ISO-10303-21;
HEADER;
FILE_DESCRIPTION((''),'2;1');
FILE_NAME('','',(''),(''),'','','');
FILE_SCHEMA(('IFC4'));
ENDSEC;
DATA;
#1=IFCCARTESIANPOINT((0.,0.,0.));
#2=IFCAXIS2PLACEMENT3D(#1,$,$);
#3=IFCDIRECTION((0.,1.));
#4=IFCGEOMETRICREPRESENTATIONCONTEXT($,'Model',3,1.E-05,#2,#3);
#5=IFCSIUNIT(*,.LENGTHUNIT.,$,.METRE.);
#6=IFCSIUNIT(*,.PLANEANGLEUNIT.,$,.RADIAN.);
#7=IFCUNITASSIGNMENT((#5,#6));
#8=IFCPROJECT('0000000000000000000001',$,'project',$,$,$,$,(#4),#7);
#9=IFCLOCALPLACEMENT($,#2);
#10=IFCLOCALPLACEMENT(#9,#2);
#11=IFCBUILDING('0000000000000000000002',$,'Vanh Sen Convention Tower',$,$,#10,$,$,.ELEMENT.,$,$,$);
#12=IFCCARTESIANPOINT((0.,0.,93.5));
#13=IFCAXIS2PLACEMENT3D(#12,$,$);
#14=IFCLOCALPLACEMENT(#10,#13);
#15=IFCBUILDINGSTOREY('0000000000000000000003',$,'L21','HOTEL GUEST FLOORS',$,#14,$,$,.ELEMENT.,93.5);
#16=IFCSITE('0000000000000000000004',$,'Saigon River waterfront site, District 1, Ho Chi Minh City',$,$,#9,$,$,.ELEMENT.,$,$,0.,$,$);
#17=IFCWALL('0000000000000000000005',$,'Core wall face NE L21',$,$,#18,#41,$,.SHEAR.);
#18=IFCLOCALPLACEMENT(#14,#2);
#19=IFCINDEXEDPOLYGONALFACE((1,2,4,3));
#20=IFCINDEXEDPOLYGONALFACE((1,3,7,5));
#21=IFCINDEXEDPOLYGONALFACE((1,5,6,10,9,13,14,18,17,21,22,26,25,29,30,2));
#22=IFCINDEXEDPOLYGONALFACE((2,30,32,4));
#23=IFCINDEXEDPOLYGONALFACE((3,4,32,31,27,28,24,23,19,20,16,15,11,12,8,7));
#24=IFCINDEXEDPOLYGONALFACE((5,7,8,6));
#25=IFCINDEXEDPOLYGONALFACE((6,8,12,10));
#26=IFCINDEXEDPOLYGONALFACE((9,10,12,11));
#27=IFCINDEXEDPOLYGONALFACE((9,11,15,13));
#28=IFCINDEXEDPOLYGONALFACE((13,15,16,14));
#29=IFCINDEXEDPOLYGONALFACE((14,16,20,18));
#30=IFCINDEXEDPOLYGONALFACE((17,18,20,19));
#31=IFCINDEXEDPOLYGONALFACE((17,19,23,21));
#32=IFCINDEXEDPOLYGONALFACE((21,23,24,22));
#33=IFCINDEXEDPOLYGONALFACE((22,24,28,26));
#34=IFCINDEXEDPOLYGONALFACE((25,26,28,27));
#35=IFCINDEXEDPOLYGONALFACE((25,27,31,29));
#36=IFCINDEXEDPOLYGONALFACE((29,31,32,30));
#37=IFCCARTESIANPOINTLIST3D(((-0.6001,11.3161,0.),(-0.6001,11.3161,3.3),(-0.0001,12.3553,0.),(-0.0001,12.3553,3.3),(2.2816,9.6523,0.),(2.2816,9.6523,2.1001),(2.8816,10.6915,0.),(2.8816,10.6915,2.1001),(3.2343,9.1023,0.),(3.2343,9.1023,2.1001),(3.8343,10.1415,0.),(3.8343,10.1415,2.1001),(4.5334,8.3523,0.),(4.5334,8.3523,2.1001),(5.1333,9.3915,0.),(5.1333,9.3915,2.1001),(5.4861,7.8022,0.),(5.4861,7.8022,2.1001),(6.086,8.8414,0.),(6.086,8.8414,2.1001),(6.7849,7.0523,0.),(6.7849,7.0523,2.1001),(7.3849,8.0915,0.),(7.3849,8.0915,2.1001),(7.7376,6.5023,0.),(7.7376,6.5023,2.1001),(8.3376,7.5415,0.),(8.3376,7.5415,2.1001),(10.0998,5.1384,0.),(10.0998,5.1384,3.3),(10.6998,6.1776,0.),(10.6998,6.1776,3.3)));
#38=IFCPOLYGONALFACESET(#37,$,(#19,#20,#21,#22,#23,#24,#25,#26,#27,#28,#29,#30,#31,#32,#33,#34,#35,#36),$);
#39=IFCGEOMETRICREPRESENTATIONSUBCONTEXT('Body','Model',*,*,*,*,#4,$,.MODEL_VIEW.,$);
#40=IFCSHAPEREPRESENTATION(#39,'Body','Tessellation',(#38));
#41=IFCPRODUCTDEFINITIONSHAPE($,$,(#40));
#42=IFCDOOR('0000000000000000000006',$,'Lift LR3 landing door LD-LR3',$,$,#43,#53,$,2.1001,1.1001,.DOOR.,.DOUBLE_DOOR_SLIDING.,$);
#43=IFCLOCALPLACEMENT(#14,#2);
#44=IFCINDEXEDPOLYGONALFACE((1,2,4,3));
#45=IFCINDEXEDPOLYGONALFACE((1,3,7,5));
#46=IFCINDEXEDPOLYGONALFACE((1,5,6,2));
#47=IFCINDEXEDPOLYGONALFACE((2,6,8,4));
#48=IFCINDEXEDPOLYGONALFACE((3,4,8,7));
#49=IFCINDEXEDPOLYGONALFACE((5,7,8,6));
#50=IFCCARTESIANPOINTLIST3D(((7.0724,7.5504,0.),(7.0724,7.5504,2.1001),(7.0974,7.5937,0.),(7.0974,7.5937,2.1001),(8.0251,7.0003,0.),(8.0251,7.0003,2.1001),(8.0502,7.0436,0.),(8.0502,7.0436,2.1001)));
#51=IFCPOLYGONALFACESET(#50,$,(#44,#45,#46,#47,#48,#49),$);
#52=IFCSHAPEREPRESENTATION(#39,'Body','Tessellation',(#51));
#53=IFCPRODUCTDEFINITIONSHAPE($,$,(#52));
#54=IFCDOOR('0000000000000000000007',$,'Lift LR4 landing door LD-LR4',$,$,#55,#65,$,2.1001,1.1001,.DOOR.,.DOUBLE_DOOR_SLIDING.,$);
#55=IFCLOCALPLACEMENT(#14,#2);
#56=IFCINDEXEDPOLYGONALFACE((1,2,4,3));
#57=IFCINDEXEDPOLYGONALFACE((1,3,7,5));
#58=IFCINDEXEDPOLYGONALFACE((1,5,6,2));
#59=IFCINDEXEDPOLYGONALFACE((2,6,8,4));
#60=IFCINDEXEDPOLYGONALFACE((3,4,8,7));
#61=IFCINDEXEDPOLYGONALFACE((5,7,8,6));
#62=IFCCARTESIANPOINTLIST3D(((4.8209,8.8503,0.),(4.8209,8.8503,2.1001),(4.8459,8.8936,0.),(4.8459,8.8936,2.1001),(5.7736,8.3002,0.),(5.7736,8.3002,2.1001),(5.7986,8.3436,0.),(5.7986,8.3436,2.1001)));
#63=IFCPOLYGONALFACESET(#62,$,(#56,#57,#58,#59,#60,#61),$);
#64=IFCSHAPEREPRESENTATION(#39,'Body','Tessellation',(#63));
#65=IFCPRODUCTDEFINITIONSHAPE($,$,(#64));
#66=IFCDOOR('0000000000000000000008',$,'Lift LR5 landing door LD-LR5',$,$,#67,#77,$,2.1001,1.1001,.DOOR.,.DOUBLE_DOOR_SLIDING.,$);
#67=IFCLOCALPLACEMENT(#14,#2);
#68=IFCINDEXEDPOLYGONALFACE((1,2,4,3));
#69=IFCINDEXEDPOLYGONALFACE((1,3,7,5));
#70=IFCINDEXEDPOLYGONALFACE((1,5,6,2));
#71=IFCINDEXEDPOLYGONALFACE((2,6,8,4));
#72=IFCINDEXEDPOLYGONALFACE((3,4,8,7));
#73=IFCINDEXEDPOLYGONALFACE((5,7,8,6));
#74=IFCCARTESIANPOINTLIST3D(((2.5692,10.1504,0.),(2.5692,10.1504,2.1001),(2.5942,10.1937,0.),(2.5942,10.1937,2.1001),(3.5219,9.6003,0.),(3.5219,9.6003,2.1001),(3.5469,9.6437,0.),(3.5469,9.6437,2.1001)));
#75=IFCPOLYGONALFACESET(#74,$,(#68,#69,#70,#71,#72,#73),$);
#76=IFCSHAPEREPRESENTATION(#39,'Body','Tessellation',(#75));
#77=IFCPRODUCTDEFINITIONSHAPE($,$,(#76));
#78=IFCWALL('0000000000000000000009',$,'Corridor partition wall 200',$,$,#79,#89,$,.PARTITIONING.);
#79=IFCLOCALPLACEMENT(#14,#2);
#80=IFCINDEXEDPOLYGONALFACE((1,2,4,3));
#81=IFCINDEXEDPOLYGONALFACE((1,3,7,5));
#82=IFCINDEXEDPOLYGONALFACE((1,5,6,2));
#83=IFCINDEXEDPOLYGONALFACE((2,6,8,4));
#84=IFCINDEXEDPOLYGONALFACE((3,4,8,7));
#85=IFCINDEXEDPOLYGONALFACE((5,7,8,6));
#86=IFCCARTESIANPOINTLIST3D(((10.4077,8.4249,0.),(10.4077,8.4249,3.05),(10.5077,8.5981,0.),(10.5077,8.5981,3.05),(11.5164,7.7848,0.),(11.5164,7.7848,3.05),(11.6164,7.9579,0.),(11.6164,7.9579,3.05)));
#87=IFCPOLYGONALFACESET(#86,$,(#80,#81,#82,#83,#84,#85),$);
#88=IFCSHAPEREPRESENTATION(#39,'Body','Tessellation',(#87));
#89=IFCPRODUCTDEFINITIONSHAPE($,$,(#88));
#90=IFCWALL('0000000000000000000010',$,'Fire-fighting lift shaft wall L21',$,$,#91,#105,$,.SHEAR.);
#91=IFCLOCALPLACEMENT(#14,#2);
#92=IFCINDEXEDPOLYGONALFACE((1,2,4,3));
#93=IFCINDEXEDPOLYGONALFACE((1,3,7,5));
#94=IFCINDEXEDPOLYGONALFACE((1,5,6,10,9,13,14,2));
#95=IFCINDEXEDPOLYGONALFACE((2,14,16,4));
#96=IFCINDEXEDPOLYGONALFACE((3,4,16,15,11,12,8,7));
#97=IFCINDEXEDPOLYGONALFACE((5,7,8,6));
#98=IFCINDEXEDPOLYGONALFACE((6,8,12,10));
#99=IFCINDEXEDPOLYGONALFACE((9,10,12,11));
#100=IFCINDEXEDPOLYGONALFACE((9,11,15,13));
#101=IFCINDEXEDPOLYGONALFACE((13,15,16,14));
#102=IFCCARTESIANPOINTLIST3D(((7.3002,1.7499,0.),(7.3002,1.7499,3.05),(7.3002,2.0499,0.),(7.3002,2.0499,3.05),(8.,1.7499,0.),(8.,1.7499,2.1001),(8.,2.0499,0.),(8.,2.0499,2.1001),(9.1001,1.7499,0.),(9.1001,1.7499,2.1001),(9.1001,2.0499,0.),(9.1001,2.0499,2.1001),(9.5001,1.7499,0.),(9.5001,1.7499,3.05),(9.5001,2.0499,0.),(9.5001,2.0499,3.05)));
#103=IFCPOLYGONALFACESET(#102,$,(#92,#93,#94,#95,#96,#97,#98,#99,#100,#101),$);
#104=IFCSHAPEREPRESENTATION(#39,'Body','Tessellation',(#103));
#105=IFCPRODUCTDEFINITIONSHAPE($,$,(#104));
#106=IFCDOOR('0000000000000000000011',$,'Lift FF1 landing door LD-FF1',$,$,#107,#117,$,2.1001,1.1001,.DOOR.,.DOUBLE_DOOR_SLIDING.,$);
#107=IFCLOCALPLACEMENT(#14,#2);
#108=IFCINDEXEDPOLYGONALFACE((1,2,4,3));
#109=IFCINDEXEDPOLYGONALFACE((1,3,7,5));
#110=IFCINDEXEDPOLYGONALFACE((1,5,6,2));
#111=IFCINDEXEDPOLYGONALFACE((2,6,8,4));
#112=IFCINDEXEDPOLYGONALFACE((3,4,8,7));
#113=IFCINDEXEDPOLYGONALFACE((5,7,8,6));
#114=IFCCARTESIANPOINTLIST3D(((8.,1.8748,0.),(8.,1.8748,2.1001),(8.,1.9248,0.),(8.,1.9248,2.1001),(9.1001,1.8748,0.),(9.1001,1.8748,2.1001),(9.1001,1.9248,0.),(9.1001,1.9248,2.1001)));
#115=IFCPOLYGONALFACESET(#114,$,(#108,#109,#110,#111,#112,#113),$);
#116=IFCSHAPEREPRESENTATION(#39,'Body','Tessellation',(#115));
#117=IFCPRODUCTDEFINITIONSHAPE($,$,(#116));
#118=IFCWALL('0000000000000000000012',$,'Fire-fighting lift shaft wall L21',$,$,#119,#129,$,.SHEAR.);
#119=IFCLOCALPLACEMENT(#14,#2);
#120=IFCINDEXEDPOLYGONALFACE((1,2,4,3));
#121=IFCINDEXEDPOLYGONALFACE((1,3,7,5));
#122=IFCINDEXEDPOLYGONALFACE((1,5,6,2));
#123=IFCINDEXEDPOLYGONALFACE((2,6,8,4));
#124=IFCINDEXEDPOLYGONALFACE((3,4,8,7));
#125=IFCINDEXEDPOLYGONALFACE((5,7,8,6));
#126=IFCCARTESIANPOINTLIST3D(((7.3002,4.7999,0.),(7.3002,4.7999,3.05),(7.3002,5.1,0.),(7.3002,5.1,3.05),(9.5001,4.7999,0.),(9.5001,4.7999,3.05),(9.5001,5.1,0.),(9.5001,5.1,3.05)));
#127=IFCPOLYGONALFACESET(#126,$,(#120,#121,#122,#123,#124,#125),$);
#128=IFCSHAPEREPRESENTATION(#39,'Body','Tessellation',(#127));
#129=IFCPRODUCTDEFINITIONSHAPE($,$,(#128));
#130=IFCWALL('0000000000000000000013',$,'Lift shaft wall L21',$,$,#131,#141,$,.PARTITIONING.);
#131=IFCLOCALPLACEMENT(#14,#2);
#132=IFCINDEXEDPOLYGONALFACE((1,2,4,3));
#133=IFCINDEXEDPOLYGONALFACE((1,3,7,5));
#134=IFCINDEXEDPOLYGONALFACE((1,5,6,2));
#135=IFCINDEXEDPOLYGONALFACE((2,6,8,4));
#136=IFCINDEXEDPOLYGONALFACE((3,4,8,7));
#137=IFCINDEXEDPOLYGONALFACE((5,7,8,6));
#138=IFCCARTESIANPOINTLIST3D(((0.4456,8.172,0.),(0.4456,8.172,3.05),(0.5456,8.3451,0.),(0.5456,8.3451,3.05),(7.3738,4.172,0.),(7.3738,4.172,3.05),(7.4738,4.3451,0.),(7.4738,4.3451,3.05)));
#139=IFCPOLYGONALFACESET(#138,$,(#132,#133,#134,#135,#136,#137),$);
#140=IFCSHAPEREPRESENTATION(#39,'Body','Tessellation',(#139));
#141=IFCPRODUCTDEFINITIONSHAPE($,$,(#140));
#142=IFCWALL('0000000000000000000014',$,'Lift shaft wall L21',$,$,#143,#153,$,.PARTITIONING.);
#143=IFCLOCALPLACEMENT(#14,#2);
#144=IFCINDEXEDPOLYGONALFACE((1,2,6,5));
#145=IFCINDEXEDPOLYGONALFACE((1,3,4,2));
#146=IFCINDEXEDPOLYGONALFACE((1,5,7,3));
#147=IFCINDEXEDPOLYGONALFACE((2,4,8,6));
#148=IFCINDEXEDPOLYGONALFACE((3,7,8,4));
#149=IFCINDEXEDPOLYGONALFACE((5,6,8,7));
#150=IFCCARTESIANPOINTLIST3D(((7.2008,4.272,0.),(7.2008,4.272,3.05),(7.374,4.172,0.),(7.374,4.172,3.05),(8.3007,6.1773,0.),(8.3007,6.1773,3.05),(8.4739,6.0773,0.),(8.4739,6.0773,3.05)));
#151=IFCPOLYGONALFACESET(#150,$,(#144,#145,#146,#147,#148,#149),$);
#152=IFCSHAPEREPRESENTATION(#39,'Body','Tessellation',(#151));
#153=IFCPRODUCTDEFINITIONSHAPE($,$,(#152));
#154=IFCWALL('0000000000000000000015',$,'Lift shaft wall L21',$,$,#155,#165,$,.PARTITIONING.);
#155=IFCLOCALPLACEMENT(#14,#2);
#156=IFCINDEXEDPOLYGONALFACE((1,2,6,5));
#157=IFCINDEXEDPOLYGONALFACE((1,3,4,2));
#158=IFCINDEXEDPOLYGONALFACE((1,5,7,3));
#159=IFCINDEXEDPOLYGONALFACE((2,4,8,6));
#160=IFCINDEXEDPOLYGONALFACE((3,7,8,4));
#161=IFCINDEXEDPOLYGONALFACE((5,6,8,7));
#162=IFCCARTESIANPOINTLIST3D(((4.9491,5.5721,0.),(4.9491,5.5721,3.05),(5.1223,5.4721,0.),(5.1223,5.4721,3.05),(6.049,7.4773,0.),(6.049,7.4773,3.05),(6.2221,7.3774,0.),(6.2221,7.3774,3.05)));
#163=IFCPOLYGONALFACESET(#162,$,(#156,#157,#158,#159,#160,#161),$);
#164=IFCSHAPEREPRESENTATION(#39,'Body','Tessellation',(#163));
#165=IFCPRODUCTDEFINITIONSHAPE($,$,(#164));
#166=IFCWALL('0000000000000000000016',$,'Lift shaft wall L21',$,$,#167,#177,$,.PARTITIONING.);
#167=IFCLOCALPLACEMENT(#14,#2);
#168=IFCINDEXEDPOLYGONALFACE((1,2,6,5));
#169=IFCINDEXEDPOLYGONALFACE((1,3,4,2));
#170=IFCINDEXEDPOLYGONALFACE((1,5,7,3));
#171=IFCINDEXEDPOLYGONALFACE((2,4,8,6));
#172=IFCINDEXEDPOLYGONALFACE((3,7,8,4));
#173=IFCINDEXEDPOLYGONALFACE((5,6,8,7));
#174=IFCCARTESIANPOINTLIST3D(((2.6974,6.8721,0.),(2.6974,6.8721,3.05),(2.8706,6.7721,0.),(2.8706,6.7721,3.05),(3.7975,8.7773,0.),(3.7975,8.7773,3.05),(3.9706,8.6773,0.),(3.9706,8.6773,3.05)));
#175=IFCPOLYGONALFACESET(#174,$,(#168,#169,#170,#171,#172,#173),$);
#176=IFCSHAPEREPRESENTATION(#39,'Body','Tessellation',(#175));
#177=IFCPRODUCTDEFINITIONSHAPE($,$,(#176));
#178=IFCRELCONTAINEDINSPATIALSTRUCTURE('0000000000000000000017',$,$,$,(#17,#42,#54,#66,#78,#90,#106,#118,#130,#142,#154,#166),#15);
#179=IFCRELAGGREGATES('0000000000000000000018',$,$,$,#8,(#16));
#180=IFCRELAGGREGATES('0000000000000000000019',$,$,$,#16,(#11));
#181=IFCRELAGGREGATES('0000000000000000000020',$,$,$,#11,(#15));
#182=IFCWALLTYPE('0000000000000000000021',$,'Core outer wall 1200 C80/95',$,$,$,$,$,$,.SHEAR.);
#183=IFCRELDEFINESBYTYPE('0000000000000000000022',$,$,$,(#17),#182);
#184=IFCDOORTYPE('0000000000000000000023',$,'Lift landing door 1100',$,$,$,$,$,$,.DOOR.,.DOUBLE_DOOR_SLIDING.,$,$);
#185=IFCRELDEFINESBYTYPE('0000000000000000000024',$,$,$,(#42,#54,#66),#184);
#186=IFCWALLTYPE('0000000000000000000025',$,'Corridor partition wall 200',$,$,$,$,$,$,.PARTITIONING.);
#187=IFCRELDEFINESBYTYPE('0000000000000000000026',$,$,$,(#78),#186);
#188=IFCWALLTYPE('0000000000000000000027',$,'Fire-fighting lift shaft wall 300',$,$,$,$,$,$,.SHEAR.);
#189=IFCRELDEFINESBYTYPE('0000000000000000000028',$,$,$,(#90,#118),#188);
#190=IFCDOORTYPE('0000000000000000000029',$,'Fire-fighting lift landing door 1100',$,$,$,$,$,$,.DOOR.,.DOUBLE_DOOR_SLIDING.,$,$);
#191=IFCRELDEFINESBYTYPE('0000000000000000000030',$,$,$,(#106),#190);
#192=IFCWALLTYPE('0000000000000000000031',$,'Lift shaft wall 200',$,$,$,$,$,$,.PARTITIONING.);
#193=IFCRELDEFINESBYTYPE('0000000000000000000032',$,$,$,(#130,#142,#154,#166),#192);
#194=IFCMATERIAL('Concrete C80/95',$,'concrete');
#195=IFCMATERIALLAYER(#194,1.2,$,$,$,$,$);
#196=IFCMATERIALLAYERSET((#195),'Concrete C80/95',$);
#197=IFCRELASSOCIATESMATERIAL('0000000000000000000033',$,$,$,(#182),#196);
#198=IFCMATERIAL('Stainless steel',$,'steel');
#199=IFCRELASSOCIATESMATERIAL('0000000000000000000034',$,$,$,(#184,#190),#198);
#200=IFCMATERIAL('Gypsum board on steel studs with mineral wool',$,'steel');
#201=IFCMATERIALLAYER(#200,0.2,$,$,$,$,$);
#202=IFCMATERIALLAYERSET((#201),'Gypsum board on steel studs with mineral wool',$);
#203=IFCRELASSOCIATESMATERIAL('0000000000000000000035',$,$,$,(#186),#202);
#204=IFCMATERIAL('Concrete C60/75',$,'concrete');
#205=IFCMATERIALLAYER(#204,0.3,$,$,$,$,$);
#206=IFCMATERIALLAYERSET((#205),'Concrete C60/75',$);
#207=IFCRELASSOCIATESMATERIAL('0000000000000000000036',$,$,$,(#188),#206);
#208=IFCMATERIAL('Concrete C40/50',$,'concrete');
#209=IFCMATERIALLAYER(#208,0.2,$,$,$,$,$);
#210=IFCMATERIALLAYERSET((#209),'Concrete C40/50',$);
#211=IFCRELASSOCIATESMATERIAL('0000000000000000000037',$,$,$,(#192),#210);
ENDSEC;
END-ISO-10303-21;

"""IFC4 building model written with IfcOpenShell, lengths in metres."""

from ifc_helpers import new_model, si_unit, direction, frame, frame_2d, origin, place, context, subcontext, project, spatial, rectangle, extrude, material, layer, layer_set, type_object, element, fill, save


model = new_model("IFC4")

# Units and contexts
model_context = context("Model", 3, precision=1e-05, world=origin(), true_north=direction((0.0, 1.0)))
body_context = subcontext(model_context, "Body", "Model", "MODEL_VIEW")
ifc_project = project(units=[si_unit("LENGTHUNIT", "METRE"), si_unit("PLANEANGLEUNIT", "RADIAN")], contexts=[model_context])

# Site, building, storey
site_placement = place(None, origin())
site = spatial("IfcSite", under=ifc_project, at=site_placement, Name="Saigon River waterfront site, District 1, Ho Chi Minh City", CompositionType="ELEMENT", RefElevation=0.0)
building_placement = place(site_placement, origin())
building = spatial("IfcBuilding", under=site, at=building_placement, Name="Vanh Sen Convention Tower", CompositionType="ELEMENT")
storey_placement = place(building_placement, frame((0.0, 0.0, 93.5)))
storey = spatial("IfcBuildingStorey", under=building, at=storey_placement, Name="L21", Description="HOTEL GUEST FLOORS", CompositionType="ELEMENT", Elevation=93.5)

# Wall, openings, doors
ifc_material_1 = material(Name="Concrete C80/95", Category="concrete")
ifc_layer_1 = layer(ifc_material_1, 1.2)
ifc_layer_set_1 = layer_set([ifc_layer_1], Name="Concrete C80/95")
wall_type_1 = type_object("IfcWallType", Name="Core outer wall 1200 C80/95", PredefinedType="SHEAR", material=ifc_layer_set_1)
wall_1_placement = place(storey_placement, frame((10.3999, 5.658, 0.0), z_axis=(0.0, 0.0, 1.0), x_axis=(-0.866021, 0.500007, 0.0)))
wall_1 = element("IfcWall", 1, at=wall_1_placement, inside=storey, type_object=wall_type_1, Name="Core wall face NE L21", PredefinedType="SHEAR", context=body_context, shape_type="SweptSolid", body=[
    extrude(rectangle(XDim=12.3552, YDim=1.2, at=frame_2d((6.1777, 0.0))), origin(), (0.0, 0.0, 1.0), 3.3),
])
opening_1_placement = place(wall_1_placement, frame((2.7278, 0.0, 0.0)))
opening_1 = element("IfcOpeningElement", 2, at=opening_1_placement, cuts=wall_1, PredefinedType="OPENING", context=body_context, shape_type="SweptSolid", body=[
    extrude(rectangle(XDim=1.1001, YDim=2.1001, at=frame_2d((0.55, 1.05))), frame((0.0, 0.6099, 0.0), z_axis=(0.0, -1.0, 0.0), x_axis=(1.0, 0.0, 0.0)), (0.0, 0.0, 1.0), 1.22),
])
opening_2_placement = place(wall_1_placement, frame((5.3276, 0.0, 0.0)))
opening_2 = element("IfcOpeningElement", 3, at=opening_2_placement, cuts=wall_1, PredefinedType="OPENING", context=body_context, shape_type="SweptSolid", body=[
    extrude(rectangle(XDim=1.1001, YDim=2.1001, at=frame_2d((0.55, 1.05))), frame((0.0, 0.6099, 0.0), z_axis=(0.0, -1.0, 0.0), x_axis=(1.0, 0.0, 0.0)), (0.0, 0.0, 1.0), 1.22),
])
opening_3_placement = place(wall_1_placement, frame((7.9277, 0.0, 0.0)))
opening_3 = element("IfcOpeningElement", 4, at=opening_3_placement, cuts=wall_1, PredefinedType="OPENING", context=body_context, shape_type="SweptSolid", body=[
    extrude(rectangle(XDim=1.1001, YDim=2.1001, at=frame_2d((0.55, 1.05))), frame((0.0, 0.6099, 0.0), z_axis=(0.0, -1.0, 0.0), x_axis=(1.0, 0.0, 0.0)), (0.0, 0.0, 1.0), 1.22),
])
ifc_material_2 = material(Name="Stainless steel", Category="steel")
door_type_1 = type_object("IfcDoorType", Name="Lift landing door 1100", OperationType="DOUBLE_DOOR_SLIDING", PredefinedType="DOOR", material=ifc_material_2)
door_1_placement = place(opening_1_placement, origin())
door_1 = element("IfcDoor", 5, at=door_1_placement, inside=storey, type_object=door_type_1, Name="Lift LR3 landing door LD-LR3", OperationType="DOUBLE_DOOR_SLIDING", OverallHeight=2.1001, OverallWidth=1.1001, PredefinedType="DOOR", context=body_context, shape_type="SweptSolid", body=[
    extrude(rectangle(XDim=1.1001, YDim=2.1001, at=frame_2d((0.55, 1.05))), frame((0.0, 0.0249, 0.0), z_axis=(0.0, -1.0, 0.0), x_axis=(1.0, 0.0, 0.0)), (0.0, 0.0, 1.0), 0.05),
])
fill(opening_1, door_1)
door_2_placement = place(opening_2_placement, origin())
door_2 = element("IfcDoor", 6, at=door_2_placement, inside=storey, type_object=door_type_1, Name="Lift LR4 landing door LD-LR4", OperationType="DOUBLE_DOOR_SLIDING", OverallHeight=2.1001, OverallWidth=1.1001, PredefinedType="DOOR", context=body_context, shape_type="SweptSolid", body=[
    extrude(rectangle(XDim=1.1001, YDim=2.1001, at=frame_2d((0.55, 1.05))), frame((0.0, 0.0249, 0.0), z_axis=(0.0, -1.0, 0.0), x_axis=(1.0, 0.0, 0.0)), (0.0, 0.0, 1.0), 0.05),
])
fill(opening_2, door_2)
door_3_placement = place(opening_3_placement, origin())
door_3 = element("IfcDoor", 7, at=door_3_placement, inside=storey, type_object=door_type_1, Name="Lift LR5 landing door LD-LR5", OperationType="DOUBLE_DOOR_SLIDING", OverallHeight=2.1001, OverallWidth=1.1001, PredefinedType="DOOR", context=body_context, shape_type="SweptSolid", body=[
    extrude(rectangle(XDim=1.1001, YDim=2.1001, at=frame_2d((0.55, 1.05))), frame((0.0, 0.0249, 0.0), z_axis=(0.0, -1.0, 0.0), x_axis=(1.0, 0.0, 0.0)), (0.0, 0.0, 1.0), 0.05),
])
fill(opening_3, door_3)

# Wall
ifc_material_3 = material(Name="Gypsum board on steel studs with mineral wool", Category="steel")
ifc_layer_2 = layer(ifc_material_3, 0.2)
ifc_layer_set_2 = layer_set([ifc_layer_2], Name="Gypsum board on steel studs with mineral wool")
wall_type_2 = type_object("IfcWallType", Name="Corridor partition wall 200", PredefinedType="PARTITIONING", material=ifc_layer_set_2)
wall_2_placement = place(storey_placement, frame((11.5664, 7.8713, 0.0), z_axis=(0.0, 0.0, 1.0), x_axis=(-0.866005, 0.500036, 0.0)))
element("IfcWall", 8, at=wall_2_placement, inside=storey, type_object=wall_type_2, Name="Corridor partition wall 200", PredefinedType="PARTITIONING", context=body_context, shape_type="SweptSolid", body=[
    extrude(rectangle(XDim=1.2803, YDim=0.2, at=frame_2d((0.6401, 0.0))), origin(), (0.0, 0.0, 1.0), 3.05),
])

# Wall, opening, door
ifc_material_4 = material(Name="Concrete C60/75", Category="concrete")
ifc_layer_3 = layer(ifc_material_4, 0.3)
ifc_layer_set_3 = layer_set([ifc_layer_3], Name="Concrete C60/75")
wall_type_3 = type_object("IfcWallType", Name="Fire-fighting lift shaft wall 300", PredefinedType="SHEAR", material=ifc_layer_set_3)
wall_3_placement = place(storey_placement, frame((7.3, 1.8999, 0.0), z_axis=(0.0, 0.0, 1.0), x_axis=(1.0, 0.0, 0.0)))
wall_3 = element("IfcWall", 9, at=wall_3_placement, inside=storey, type_object=wall_type_3, Name="Fire-fighting lift shaft wall L21", PredefinedType="SHEAR", context=body_context, shape_type="SweptSolid", body=[
    extrude(rectangle(XDim=2.2, YDim=0.3, at=frame_2d((1.1001, 0.0))), origin(), (0.0, 0.0, 1.0), 3.05),
])
opening_4_placement = place(wall_3_placement, frame((0.7, 0.0, 0.0)))
opening_4 = element("IfcOpeningElement", 10, at=opening_4_placement, cuts=wall_3, PredefinedType="OPENING", context=body_context, shape_type="SweptSolid", body=[
    extrude(rectangle(XDim=1.1001, YDim=2.1001, at=frame_2d((0.55, 1.05))), frame((0.0, 0.1599, 0.0), z_axis=(0.0, -1.0, 0.0), x_axis=(1.0, 0.0, 0.0)), (0.0, 0.0, 1.0), 0.3201),
])
door_type_2 = type_object("IfcDoorType", Name="Fire-fighting lift landing door 1100", OperationType="DOUBLE_DOOR_SLIDING", PredefinedType="DOOR", material=ifc_material_2)
door_4_placement = place(opening_4_placement, origin())
door_4 = element("IfcDoor", 11, at=door_4_placement, inside=storey, type_object=door_type_2, Name="Lift FF1 landing door LD-FF1", OperationType="DOUBLE_DOOR_SLIDING", OverallHeight=2.1001, OverallWidth=1.1001, PredefinedType="DOOR", context=body_context, shape_type="SweptSolid", body=[
    extrude(rectangle(XDim=1.1001, YDim=2.1001, at=frame_2d((0.55, 1.05))), frame((0.0, 0.0249, 0.0), z_axis=(0.0, -1.0, 0.0), x_axis=(1.0, 0.0, 0.0)), (0.0, 0.0, 1.0), 0.05),
])
fill(opening_4, door_4)

# Walls
wall_4_placement = place(storey_placement, frame((7.3, 4.95, 0.0), z_axis=(0.0, 0.0, 1.0), x_axis=(1.0, 0.0, 0.0)))
element("IfcWall", 12, at=wall_4_placement, inside=storey, type_object=wall_type_3, Name="Fire-fighting lift shaft wall L21", PredefinedType="SHEAR", context=body_context, shape_type="SweptSolid", body=[
    extrude(rectangle(XDim=2.2, YDim=0.3, at=frame_2d((1.1001, 0.0))), origin(), (0.0, 0.0, 1.0), 3.05),
])
ifc_material_5 = material(Name="Concrete C40/50", Category="concrete")
ifc_layer_4 = layer(ifc_material_5, 0.2)
ifc_layer_set_4 = layer_set([ifc_layer_4], Name="Concrete C40/50")
wall_type_4 = type_object("IfcWallType", Name="Lift shaft wall 200", PredefinedType="PARTITIONING", material=ifc_layer_set_4)
wall_5_placement = place(storey_placement, frame((7.4238, 4.2585, 0.0), z_axis=(0.0, 0.0, 1.0), x_axis=(-0.866026, 0.499999, 0.0)))
element("IfcWall", 13, at=wall_5_placement, inside=storey, type_object=wall_type_4, Name="Lift shaft wall L21", PredefinedType="PARTITIONING", context=body_context, shape_type="SweptSolid", body=[
    extrude(rectangle(XDim=8.0, YDim=0.2, at=frame_2d((4.0, 0.0))), origin(), (0.0, 0.0, 1.0), 3.05),
])
for number, where, z_axis, x_axis, name in (
    (14, (7.2874, 4.2219, 0.0), (0.0, 0.0, 1.0), (0.499947, 0.866056, 0.0), "Lift shaft wall L21"),
    (15, (5.0356, 5.522, 0.0), (0.0, 0.0, 1.0), (0.499947, 0.866056, 0.0), "Lift shaft wall L21"),
    (16, (2.7839, 6.822, 0.0), (0.0, 0.0, 1.0), (0.50003, 0.866008, 0.0), "Lift shaft wall L21"),
):
    element("IfcWall", number, at=place(storey_placement, frame(where, z_axis=z_axis, x_axis=x_axis)), inside=storey, type_object=wall_type_4, Name=name, PredefinedType="PARTITIONING", context=body_context, shape_type="SweptSolid", body=[
        extrude(rectangle(XDim=2.2, YDim=0.2, at=frame_2d((1.1001, 0.0))), origin(), (0.0, 0.0, 1.0), 3.05),
    ])

save(model, "model.ifc")
